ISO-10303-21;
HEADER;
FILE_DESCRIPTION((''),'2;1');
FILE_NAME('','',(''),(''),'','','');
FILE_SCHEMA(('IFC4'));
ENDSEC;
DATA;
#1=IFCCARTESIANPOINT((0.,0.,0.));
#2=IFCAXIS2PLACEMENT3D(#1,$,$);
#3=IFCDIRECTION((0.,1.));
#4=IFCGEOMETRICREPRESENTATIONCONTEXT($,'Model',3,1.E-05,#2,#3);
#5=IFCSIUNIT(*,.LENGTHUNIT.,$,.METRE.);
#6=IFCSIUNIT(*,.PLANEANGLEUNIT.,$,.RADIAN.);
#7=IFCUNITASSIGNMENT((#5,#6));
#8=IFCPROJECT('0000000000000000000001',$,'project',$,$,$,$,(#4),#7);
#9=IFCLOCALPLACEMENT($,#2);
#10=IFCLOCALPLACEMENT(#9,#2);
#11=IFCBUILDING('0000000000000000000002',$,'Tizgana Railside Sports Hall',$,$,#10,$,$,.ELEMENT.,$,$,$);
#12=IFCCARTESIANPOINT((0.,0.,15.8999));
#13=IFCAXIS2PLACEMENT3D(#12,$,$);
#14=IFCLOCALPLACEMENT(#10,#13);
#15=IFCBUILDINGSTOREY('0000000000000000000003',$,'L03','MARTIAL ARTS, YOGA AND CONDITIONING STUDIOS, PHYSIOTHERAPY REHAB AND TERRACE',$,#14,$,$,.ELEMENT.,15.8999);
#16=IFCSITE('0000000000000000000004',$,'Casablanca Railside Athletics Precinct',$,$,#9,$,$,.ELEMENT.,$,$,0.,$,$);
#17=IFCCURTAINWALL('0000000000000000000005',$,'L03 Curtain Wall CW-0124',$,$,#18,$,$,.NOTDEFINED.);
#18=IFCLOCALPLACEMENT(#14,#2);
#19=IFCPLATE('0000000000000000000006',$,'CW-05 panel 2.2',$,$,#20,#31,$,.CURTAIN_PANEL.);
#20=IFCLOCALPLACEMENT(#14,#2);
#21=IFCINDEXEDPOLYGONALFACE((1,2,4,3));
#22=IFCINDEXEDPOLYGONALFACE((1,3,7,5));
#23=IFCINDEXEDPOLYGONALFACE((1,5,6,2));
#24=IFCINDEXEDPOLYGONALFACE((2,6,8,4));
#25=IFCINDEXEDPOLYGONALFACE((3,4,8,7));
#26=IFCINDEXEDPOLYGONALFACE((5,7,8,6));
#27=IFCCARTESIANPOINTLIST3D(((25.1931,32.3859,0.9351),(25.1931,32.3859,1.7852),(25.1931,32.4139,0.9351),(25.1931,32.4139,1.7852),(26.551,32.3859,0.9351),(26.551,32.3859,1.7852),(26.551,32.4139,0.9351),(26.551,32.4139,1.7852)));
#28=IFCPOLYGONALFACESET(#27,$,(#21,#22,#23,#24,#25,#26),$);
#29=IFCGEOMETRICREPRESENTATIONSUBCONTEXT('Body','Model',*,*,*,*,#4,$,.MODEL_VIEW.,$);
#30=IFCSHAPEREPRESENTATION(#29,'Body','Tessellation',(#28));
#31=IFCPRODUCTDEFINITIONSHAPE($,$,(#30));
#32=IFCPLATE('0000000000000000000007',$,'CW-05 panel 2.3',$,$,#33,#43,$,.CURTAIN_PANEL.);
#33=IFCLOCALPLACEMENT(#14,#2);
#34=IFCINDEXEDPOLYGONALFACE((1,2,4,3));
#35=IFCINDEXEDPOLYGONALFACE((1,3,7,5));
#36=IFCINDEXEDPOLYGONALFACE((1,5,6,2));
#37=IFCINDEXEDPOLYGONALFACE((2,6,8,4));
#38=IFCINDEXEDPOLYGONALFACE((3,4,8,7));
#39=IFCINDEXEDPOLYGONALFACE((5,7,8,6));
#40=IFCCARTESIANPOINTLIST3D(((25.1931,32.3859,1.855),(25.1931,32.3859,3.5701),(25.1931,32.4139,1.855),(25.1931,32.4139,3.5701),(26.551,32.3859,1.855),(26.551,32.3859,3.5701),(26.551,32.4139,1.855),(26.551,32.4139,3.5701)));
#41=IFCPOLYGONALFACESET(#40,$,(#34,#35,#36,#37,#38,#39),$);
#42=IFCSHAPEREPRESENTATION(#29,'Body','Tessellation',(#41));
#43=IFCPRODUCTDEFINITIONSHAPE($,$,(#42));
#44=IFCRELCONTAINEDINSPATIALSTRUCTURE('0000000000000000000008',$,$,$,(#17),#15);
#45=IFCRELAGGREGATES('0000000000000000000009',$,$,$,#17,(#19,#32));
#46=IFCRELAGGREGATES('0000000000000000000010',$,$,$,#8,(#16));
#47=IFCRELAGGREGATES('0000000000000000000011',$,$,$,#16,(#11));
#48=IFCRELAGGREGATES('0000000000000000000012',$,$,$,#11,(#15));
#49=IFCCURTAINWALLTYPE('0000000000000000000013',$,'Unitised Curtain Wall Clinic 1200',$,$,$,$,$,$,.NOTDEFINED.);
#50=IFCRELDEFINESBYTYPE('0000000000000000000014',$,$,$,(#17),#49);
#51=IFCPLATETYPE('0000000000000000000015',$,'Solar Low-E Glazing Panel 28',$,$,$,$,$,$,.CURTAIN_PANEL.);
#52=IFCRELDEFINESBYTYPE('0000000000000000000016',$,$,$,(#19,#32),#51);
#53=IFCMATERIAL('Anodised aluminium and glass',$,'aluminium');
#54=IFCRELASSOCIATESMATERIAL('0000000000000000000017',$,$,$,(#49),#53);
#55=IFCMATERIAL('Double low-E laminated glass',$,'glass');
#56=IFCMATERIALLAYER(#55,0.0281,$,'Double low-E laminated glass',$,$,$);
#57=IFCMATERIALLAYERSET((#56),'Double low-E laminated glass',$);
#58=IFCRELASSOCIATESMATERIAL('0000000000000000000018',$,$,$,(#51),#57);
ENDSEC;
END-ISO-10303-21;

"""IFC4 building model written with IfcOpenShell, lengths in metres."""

from ifc_helpers import new_model, si_unit, direction, frame, origin, origin_2d, place, context, subcontext, project, spatial, rectangle, extrude, material, layer, layer_set, type_object, element, aggregate, save


model = new_model("IFC4")

# Units and contexts
model_context = context("Model", 3, precision=1e-05, world=origin(), true_north=direction((0.0, 1.0)))
body_context = subcontext(model_context, "Body", "Model", "MODEL_VIEW")
ifc_project = project(units=[si_unit("LENGTHUNIT", "METRE"), si_unit("PLANEANGLEUNIT", "RADIAN")], contexts=[model_context])

# Site, building, storey
site_placement = place(None, origin())
site = spatial("IfcSite", under=ifc_project, at=site_placement, Name="Casablanca Railside Athletics Precinct", CompositionType="ELEMENT", RefElevation=0.0)
building_placement = place(site_placement, origin())
building = spatial("IfcBuilding", under=site, at=building_placement, Name="Tizgana Railside Sports Hall", CompositionType="ELEMENT")
storey_placement = place(building_placement, frame((0.0, 0.0, 15.8999)))
storey = spatial("IfcBuildingStorey", under=building, at=storey_placement, Name="L03", Description="MARTIAL ARTS, YOGA AND CONDITIONING STUDIOS, PHYSIOTHERAPY REHAB AND TERRACE", CompositionType="ELEMENT", Elevation=15.8999)

# Curtain wall, plates
ifc_material_1 = material(Name="Anodised aluminium and glass", Category="aluminium")
curtain_wall_type = type_object("IfcCurtainWallType", Name="Unitised Curtain Wall Clinic 1200", PredefinedType="NOTDEFINED", material=ifc_material_1)
curtain_wall_placement = place(storey_placement, origin())
curtain_wall = element("IfcCurtainWall", 1, at=curtain_wall_placement, inside=storey, type_object=curtain_wall_type, Name="L03 Curtain Wall CW-0124", PredefinedType="NOTDEFINED")
ifc_material_2 = material(Name="Double low-E laminated glass", Category="glass")
ifc_layer = layer(ifc_material_2, 0.0281, Name="Double low-E laminated glass")
ifc_layer_set = layer_set([ifc_layer], Name="Double low-E laminated glass")
plate_type = type_object("IfcPlateType", Name="Solar Low-E Glazing Panel 28", PredefinedType="CURTAIN_PANEL", material=ifc_layer_set)
plate_1_placement = place(storey_placement, frame((25.8721, 32.3999, 0.9351), z_axis=(0.0, 0.0, 1.0), x_axis=(1.0, 0.0, 0.0)))
plate_1 = element("IfcPlate", 2, at=plate_1_placement, type_object=plate_type, Name="CW-05 panel 2.2", PredefinedType="CURTAIN_PANEL", context=body_context, shape_type="SweptSolid", body=[
    extrude(rectangle(XDim=1.3579, YDim=0.0281, at=origin_2d()), origin(), (0.0, 0.0, 1.0), 0.8501),
])
plate_2_placement = place(storey_placement, frame((25.8721, 32.3999, 1.855), z_axis=(0.0, 0.0, 1.0), x_axis=(1.0, 0.0, 0.0)))
plate_2 = element("IfcPlate", 3, at=plate_2_placement, type_object=plate_type, Name="CW-05 panel 2.3", PredefinedType="CURTAIN_PANEL", context=body_context, shape_type="SweptSolid", body=[
    extrude(rectangle(XDim=1.3579, YDim=0.0281, at=origin_2d()), origin(), (0.0, 0.0, 1.0), 1.7151),
])
aggregate(curtain_wall, [plate_1, plate_2])

save(model, "model.ifc")
